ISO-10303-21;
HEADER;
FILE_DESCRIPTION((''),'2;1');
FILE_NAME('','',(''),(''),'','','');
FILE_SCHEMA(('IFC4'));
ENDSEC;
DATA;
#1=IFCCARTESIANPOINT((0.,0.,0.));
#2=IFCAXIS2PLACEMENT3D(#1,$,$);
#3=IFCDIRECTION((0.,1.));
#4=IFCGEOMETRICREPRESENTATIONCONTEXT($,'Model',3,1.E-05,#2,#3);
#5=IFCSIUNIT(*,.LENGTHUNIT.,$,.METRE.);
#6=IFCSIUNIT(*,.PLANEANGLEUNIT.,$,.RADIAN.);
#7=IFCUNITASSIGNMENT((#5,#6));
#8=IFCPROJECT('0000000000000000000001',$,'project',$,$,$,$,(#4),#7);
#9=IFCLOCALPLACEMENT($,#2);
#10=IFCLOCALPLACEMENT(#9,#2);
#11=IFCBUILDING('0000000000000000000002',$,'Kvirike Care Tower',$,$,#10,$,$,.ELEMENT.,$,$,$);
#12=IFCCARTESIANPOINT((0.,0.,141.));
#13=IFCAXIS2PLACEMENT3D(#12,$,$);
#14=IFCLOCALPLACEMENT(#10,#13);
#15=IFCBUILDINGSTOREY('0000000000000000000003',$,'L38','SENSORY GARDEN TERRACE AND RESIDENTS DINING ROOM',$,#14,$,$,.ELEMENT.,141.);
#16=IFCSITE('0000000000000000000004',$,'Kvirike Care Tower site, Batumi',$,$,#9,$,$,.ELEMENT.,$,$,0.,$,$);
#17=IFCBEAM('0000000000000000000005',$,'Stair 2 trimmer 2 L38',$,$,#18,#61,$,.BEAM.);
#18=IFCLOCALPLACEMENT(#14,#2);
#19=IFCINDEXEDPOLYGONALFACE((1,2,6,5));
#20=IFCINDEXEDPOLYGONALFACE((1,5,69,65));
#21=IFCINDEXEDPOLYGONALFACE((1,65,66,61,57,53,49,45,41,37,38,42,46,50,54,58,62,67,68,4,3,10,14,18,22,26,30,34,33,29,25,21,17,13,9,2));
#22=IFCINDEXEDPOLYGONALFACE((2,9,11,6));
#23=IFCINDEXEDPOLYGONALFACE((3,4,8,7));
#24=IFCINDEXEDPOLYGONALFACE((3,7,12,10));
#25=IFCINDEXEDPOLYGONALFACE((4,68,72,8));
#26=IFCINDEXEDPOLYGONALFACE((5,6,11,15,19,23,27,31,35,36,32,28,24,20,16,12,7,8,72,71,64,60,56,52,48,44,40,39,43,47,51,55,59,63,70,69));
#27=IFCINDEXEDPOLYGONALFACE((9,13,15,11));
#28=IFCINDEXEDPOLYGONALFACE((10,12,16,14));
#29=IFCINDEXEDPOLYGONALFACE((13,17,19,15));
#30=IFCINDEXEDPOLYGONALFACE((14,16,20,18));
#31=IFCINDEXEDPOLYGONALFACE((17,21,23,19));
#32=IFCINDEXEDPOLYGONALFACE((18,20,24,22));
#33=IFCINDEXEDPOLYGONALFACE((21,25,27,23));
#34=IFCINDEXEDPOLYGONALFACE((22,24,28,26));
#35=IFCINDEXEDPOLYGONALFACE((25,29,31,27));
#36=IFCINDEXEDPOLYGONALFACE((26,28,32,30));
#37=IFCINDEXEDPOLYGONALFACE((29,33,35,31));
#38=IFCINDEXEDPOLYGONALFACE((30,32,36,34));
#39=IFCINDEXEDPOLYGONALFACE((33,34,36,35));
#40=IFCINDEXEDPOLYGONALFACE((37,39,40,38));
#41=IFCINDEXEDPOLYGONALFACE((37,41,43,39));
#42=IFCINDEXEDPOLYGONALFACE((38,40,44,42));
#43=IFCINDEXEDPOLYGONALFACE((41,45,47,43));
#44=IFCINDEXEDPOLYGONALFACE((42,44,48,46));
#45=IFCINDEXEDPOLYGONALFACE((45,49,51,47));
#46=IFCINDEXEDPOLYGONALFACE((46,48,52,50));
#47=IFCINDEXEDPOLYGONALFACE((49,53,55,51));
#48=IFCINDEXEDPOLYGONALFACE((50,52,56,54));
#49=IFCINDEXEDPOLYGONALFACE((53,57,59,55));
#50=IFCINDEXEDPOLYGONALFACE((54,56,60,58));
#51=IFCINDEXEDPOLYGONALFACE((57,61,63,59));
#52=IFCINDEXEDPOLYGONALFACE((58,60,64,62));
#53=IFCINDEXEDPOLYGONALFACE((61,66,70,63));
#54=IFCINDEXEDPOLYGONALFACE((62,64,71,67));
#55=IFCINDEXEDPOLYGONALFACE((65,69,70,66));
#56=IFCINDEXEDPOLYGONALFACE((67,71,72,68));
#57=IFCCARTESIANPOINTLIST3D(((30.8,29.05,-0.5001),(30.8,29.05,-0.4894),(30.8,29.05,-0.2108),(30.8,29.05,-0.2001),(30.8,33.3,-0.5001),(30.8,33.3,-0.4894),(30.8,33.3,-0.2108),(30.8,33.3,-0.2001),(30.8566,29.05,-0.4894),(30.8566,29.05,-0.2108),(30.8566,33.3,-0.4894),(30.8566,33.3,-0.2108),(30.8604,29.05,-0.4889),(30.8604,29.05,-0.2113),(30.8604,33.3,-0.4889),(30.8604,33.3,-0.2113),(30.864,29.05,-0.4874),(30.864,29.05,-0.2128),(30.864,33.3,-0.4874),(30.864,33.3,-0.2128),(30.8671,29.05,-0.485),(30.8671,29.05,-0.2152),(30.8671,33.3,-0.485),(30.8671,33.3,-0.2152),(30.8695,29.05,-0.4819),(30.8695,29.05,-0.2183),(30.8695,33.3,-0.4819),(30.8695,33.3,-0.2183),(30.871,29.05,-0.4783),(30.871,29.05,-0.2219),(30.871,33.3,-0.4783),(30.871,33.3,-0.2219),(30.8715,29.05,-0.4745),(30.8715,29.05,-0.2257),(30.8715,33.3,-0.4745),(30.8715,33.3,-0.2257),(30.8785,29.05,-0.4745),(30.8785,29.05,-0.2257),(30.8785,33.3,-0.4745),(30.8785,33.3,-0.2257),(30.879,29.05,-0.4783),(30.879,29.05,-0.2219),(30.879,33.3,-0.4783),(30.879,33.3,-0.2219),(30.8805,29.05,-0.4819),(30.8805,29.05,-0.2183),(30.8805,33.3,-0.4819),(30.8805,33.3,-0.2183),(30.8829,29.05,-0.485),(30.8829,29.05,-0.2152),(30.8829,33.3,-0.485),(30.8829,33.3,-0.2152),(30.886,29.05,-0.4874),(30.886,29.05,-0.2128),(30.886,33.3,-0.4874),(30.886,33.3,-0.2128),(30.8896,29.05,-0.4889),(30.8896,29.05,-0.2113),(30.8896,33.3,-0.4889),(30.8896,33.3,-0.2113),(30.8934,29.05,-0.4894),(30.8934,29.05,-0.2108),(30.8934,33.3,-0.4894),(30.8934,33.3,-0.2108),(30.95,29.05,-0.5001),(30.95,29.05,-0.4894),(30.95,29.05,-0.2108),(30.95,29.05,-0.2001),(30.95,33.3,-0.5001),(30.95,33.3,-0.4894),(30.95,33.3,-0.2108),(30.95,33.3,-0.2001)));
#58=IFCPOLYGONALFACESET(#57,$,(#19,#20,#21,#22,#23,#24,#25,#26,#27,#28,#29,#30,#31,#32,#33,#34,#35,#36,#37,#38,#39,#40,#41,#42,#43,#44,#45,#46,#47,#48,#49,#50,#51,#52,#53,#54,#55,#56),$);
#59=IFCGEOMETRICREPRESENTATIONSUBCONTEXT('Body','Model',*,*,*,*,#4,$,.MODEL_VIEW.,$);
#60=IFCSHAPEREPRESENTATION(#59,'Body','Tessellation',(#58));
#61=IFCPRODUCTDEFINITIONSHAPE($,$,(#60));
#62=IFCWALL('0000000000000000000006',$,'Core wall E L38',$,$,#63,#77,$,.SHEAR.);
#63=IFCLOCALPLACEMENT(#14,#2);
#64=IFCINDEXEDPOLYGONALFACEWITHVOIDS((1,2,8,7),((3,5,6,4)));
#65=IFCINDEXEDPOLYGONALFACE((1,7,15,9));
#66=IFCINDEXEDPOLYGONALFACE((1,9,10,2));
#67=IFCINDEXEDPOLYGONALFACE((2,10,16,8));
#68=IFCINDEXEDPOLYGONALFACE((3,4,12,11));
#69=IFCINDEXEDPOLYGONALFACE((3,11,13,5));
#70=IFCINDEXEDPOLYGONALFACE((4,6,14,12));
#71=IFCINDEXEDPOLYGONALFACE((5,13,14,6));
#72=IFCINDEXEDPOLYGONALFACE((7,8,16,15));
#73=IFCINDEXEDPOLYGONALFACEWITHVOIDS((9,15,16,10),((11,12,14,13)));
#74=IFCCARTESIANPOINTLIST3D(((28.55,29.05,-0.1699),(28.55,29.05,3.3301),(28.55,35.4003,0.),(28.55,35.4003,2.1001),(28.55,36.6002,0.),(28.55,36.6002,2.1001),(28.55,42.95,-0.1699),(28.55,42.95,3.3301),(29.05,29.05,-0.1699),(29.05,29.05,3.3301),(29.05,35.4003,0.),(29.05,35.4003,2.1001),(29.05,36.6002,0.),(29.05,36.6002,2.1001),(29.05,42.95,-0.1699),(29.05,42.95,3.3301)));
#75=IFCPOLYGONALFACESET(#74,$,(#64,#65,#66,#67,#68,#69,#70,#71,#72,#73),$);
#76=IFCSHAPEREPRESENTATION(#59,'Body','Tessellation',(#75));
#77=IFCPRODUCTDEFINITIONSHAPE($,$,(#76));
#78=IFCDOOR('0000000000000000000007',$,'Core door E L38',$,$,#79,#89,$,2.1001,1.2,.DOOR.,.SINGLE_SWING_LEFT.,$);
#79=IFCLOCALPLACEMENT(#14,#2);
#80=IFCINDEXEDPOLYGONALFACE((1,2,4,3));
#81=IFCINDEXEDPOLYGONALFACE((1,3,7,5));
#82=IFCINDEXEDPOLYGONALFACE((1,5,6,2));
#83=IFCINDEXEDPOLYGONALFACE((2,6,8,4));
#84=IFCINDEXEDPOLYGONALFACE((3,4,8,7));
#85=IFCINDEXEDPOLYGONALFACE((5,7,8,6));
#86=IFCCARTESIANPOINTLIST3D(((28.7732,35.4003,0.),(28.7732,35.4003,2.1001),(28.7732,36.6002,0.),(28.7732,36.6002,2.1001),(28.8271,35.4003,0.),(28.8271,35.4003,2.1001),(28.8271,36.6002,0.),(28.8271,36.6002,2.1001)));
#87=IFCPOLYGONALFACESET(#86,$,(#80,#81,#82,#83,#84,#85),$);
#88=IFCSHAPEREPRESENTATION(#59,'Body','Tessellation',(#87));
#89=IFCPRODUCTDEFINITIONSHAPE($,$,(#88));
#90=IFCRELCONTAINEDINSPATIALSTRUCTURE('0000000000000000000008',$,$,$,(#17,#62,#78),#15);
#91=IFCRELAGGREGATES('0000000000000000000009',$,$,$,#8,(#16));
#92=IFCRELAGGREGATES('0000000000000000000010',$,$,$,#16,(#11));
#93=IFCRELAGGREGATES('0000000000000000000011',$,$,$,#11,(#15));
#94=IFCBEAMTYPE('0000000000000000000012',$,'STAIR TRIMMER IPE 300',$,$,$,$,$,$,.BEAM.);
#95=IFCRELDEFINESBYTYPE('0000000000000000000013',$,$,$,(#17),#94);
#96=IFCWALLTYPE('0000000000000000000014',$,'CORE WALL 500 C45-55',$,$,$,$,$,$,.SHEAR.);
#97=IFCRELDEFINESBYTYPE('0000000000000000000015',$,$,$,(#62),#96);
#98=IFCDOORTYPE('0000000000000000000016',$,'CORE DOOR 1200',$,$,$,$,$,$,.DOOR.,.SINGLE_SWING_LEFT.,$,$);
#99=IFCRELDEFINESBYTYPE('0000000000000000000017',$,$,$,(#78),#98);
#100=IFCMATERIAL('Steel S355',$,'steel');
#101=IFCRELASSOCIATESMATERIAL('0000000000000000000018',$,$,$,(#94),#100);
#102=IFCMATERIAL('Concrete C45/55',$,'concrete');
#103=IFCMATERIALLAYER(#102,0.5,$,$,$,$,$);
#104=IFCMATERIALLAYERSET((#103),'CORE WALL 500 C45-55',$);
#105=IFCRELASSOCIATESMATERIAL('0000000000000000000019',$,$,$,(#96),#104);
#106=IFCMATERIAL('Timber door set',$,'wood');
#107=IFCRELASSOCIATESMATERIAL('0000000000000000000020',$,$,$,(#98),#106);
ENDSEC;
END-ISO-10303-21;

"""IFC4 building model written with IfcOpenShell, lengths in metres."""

from ifc_helpers import new_model, si_unit, direction, frame, frame_2d, origin, origin_2d, place, context, subcontext, project, spatial, rectangle, i_section, extrude, material, layer, layer_set, material_profile, profile_set, type_object, element, fill, save


model = new_model("IFC4")

# Units and contexts
model_context = context("Model", 3, precision=1e-05, world=origin(), true_north=direction((0.0, 1.0)))
body_context = subcontext(model_context, "Body", "Model", "MODEL_VIEW")
ifc_project = project(units=[si_unit("LENGTHUNIT", "METRE"), si_unit("PLANEANGLEUNIT", "RADIAN")], contexts=[model_context])

# Site, building, storey
site_placement = place(None, origin())
site = spatial("IfcSite", under=ifc_project, at=site_placement, Name="Kvirike Care Tower site, Batumi", CompositionType="ELEMENT", RefElevation=0.0)
building_placement = place(site_placement, origin())
building = spatial("IfcBuilding", under=site, at=building_placement, Name="Kvirike Care Tower", CompositionType="ELEMENT")
storey_placement = place(building_placement, frame((0.0, 0.0, 141.0)))
storey = spatial("IfcBuildingStorey", under=building, at=storey_placement, Name="L38", Description="SENSORY GARDEN TERRACE AND RESIDENTS DINING ROOM", CompositionType="ELEMENT", Elevation=141.0)

# Beam
ifc_material_1 = material(Name="Steel S355", Category="steel")
ifc_material_profile_1 = material_profile(ifc_material_1, i_section(OverallWidth=0.1499, OverallDepth=0.3, WebThickness=0.0071, FlangeThickness=0.0107, FilletRadius=0.0149, at=origin_2d()), Name="IPE 300")
ifc_profile_set_1 = profile_set([ifc_material_profile_1], Name="Steel S355")
beam_type_1 = type_object("IfcBeamType", Name="STAIR TRIMMER IPE 300", PredefinedType="BEAM", material=ifc_profile_set_1)
for number, where, z_axis, x_axis, name in (
    (1, (30.875, 29.05, -0.3501), (0.0, 1.0, 0.0), (-1.0, 0.0, 0.0), "Stair 2 trimmer 2 L38"),
):
    element("IfcBeam", number, at=place(storey_placement, frame(where, z_axis=z_axis, x_axis=x_axis)), inside=storey, type_object=beam_type_1, Name=name, PredefinedType="BEAM", context=body_context, shape_type="SweptSolid", body=[
        extrude(i_section(OverallWidth=0.1499, OverallDepth=0.3, WebThickness=0.0071, FlangeThickness=0.0107, FilletRadius=0.0149, at=origin_2d()), origin(), (0.0, 0.0, 1.0), 4.25),
    ])

# Wall, opening, door
ifc_material_2 = material(Name="Concrete C45/55", Category="concrete")
ifc_layer_1 = layer(ifc_material_2, 0.5)
ifc_layer_set_1 = layer_set([ifc_layer_1], Name="CORE WALL 500 C45-55")
wall_type_1 = type_object("IfcWallType", Name="CORE WALL 500 C45-55", PredefinedType="SHEAR", material=ifc_layer_set_1)
wall_1_placement = place(storey_placement, frame((28.8, 29.05, -0.1699), z_axis=(0.0, 0.0, 1.0), x_axis=(0.0, 1.0, 0.0)))
wall_1 = element("IfcWall", 2, at=wall_1_placement, inside=storey, type_object=wall_type_1, Name="Core wall E L38", PredefinedType="SHEAR", context=body_context, shape_type="SweptSolid", body=[
    extrude(rectangle(XDim=13.8999, YDim=0.5, at=frame_2d((6.95, 0.0))), origin(), (0.0, 0.0, 1.0), 3.5),
])
opening_1_placement = place(wall_1_placement, frame((6.3501, 0.0, 0.1699)))
opening_1 = element("IfcOpeningElement", 3, at=opening_1_placement, cuts=wall_1, PredefinedType="OPENING", context=body_context, shape_type="SweptSolid", body=[
    extrude(rectangle(XDim=1.2, YDim=2.1001, at=frame_2d((0.6001, 1.05))), frame((0.0, 0.2605, 0.0), z_axis=(0.0, -1.0, 0.0), x_axis=(1.0, 0.0, 0.0)), (0.0, 0.0, 1.0), 0.521),
])
ifc_material_3 = material(Name="Timber door set", Category="wood")
door_type_1 = type_object("IfcDoorType", Name="CORE DOOR 1200", OperationType="SINGLE_SWING_LEFT", PredefinedType="DOOR", material=ifc_material_3)
door_1_placement = place(opening_1_placement, origin())
door_1 = element("IfcDoor", 4, at=door_1_placement, inside=storey, type_object=door_type_1, Name="Core door E L38", OperationType="SINGLE_SWING_LEFT", OverallHeight=2.1001, OverallWidth=1.2, PredefinedType="DOOR", context=body_context, shape_type="SweptSolid", body=[
    extrude(rectangle(XDim=1.2, YDim=2.1001, at=frame_2d((0.6001, 1.05))), frame((0.0, 0.0269, 0.0), z_axis=(0.0, -1.0, 0.0), x_axis=(1.0, 0.0, 0.0)), (0.0, 0.0, 1.0), 0.054),
])
fill(opening_1, door_1)

save(model, "model.ifc")
